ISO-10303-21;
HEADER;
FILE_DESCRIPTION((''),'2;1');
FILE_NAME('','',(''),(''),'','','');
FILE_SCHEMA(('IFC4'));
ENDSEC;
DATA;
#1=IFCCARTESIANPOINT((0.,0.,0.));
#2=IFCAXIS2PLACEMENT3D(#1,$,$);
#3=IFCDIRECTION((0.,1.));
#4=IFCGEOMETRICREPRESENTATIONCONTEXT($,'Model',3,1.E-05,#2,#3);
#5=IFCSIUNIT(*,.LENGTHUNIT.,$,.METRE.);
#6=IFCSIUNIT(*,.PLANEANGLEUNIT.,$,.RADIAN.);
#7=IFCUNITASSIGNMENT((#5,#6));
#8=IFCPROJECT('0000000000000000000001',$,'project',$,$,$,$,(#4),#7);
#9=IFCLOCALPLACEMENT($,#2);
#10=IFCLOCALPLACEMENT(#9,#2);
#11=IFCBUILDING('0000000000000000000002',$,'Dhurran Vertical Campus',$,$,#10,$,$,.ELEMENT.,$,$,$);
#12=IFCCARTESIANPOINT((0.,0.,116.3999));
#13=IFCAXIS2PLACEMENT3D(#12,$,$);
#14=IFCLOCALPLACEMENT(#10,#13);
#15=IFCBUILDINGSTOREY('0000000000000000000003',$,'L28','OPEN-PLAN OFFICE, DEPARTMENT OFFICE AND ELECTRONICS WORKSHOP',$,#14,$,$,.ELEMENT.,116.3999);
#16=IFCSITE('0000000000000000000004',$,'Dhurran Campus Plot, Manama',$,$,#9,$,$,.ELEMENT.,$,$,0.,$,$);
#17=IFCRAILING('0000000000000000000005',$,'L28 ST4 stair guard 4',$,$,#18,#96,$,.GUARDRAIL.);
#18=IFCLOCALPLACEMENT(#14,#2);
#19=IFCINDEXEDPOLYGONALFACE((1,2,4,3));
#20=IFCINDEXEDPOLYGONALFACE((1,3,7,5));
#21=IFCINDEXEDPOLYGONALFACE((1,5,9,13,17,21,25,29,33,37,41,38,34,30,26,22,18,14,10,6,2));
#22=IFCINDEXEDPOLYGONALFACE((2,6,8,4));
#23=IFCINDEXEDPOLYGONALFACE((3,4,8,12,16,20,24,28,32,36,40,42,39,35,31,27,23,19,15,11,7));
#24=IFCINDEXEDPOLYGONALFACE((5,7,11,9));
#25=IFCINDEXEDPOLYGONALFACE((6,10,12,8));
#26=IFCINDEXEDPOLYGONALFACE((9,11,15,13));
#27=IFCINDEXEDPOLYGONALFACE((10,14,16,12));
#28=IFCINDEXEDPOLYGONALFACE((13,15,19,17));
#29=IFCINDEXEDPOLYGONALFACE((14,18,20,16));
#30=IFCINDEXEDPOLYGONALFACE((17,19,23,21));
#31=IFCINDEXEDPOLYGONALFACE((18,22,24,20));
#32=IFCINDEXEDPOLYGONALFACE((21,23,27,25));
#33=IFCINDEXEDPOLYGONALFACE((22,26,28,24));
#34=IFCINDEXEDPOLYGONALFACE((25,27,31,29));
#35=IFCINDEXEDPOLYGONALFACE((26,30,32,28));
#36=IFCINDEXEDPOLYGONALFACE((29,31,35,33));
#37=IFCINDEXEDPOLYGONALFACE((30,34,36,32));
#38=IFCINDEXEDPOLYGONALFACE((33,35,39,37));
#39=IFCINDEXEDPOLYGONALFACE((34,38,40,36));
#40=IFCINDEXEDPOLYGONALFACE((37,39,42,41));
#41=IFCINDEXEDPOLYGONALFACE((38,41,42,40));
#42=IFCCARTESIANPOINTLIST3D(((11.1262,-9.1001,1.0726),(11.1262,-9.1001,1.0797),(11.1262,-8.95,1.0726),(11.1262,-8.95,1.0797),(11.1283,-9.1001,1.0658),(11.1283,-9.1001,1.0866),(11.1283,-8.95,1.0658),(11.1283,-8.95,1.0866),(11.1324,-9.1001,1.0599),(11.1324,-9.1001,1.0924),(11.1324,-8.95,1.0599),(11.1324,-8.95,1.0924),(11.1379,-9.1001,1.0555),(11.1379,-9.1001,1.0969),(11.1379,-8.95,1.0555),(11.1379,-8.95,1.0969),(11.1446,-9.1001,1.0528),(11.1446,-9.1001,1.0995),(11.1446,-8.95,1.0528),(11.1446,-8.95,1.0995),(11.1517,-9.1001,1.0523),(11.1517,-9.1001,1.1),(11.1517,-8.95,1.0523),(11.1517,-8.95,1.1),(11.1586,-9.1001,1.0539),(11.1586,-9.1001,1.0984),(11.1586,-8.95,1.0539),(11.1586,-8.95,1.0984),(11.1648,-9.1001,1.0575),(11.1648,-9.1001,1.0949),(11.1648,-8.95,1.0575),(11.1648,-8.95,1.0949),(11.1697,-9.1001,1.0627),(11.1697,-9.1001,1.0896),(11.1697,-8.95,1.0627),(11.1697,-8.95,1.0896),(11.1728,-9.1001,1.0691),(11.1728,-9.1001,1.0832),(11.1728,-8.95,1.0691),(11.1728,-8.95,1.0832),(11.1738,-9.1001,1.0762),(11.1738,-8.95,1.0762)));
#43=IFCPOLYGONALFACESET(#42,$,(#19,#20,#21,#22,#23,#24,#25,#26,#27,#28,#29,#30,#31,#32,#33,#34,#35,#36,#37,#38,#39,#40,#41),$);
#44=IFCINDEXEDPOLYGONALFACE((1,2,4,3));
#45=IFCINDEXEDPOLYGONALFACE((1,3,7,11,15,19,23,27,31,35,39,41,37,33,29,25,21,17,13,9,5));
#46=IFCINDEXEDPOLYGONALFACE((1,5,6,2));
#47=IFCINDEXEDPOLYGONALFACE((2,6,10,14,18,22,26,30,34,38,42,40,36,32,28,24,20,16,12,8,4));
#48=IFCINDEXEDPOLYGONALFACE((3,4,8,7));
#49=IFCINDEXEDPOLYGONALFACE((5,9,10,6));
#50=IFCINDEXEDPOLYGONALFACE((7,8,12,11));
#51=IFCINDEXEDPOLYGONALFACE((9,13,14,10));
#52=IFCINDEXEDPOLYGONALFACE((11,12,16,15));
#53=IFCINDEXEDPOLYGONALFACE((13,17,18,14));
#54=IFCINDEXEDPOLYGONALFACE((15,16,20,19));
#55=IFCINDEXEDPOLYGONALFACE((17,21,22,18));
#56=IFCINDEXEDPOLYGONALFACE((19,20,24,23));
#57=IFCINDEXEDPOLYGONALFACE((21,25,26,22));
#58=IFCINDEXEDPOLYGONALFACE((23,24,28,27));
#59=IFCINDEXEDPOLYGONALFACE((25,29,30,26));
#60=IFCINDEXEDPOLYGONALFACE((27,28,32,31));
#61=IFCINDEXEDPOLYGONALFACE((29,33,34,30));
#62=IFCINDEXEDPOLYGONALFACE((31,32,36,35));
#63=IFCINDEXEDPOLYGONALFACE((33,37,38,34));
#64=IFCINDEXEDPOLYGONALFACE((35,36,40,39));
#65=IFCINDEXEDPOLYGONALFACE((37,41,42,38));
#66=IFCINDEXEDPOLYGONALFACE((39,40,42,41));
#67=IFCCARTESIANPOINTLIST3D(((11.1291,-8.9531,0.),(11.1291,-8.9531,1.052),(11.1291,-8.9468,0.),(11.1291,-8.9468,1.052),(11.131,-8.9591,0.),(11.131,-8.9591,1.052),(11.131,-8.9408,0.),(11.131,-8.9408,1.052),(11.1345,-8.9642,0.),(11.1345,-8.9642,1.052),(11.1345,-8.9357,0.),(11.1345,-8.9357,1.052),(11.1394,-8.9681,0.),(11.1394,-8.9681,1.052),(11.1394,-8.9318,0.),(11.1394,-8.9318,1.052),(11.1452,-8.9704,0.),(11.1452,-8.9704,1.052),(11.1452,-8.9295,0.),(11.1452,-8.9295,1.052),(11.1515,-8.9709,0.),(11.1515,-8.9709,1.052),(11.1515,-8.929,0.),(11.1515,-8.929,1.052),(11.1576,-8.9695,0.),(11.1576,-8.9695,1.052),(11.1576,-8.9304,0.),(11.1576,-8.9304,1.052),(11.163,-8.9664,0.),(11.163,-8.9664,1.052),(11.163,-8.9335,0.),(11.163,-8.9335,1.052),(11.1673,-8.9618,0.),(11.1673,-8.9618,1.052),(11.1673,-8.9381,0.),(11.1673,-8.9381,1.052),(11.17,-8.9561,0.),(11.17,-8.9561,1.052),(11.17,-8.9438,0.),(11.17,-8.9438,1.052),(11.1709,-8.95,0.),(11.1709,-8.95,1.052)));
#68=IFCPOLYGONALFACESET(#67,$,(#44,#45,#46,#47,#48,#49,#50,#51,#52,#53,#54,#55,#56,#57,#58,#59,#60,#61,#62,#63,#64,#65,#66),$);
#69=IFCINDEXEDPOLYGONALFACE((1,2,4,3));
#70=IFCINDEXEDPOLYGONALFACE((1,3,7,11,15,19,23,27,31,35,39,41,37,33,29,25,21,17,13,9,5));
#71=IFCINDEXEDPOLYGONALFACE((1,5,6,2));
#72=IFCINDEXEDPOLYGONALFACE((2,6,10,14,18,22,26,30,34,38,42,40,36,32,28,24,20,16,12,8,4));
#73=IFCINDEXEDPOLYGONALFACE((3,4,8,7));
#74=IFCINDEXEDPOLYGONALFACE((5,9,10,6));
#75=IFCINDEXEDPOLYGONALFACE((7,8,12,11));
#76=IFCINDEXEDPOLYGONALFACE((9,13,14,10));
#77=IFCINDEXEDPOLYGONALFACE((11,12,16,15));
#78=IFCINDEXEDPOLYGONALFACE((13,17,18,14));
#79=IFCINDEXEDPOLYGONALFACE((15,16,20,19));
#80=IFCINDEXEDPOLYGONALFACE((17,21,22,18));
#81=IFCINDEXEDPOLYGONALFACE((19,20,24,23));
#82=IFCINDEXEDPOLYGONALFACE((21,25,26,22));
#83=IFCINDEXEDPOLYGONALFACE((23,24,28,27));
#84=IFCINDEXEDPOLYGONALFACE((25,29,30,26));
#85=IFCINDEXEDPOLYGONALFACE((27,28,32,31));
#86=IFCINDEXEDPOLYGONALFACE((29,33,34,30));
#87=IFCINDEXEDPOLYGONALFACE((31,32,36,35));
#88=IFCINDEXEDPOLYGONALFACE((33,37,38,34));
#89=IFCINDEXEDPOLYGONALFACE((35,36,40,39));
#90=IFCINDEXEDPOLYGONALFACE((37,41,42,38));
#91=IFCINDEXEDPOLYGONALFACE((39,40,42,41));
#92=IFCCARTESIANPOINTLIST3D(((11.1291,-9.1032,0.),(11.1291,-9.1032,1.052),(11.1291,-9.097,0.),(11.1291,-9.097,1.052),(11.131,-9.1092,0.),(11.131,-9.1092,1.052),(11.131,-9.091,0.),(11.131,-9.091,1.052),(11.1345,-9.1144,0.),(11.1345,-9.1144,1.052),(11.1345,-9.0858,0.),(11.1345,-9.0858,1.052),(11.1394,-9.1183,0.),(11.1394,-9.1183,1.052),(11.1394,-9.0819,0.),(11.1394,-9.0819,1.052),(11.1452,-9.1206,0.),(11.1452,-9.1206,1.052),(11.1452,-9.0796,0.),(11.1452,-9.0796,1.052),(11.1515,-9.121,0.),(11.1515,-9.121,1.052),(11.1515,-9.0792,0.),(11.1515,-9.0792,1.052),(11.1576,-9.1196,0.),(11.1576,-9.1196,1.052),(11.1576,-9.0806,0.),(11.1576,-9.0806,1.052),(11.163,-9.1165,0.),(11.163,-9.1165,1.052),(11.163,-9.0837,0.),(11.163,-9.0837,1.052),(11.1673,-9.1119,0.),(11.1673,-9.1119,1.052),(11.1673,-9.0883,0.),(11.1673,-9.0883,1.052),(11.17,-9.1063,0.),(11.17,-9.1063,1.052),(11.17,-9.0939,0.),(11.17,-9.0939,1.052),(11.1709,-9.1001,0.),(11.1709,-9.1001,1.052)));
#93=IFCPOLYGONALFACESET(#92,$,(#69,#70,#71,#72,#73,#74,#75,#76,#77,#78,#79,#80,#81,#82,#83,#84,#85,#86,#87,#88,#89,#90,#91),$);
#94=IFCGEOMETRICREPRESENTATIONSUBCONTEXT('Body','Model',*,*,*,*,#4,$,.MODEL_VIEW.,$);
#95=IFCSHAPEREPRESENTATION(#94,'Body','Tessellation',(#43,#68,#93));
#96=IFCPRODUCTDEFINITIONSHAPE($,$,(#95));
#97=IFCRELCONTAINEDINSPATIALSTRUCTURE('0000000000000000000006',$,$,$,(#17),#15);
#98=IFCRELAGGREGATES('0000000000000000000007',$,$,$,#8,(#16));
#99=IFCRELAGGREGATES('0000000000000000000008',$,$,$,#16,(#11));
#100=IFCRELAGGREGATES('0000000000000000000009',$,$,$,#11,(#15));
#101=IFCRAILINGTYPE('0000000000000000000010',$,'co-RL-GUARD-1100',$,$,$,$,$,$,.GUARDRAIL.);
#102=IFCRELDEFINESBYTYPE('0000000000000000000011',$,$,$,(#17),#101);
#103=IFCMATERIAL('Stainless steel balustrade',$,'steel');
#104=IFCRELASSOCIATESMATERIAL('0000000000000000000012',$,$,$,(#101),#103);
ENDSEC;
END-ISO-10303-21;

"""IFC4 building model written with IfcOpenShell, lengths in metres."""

from ifc_helpers import new_model, si_unit, direction, frame, origin, origin_2d, place, context, subcontext, project, spatial, circle, extrude, material, type_object, element, save


model = new_model("IFC4")

# Units and contexts
model_context = context("Model", 3, precision=1e-05, world=origin(), true_north=direction((0.0, 1.0)))
body_context = subcontext(model_context, "Body", "Model", "MODEL_VIEW")
ifc_project = project(units=[si_unit("LENGTHUNIT", "METRE"), si_unit("PLANEANGLEUNIT", "RADIAN")], contexts=[model_context])

# Site, building, storey
site_placement = place(None, origin())
site = spatial("IfcSite", under=ifc_project, at=site_placement, Name="Dhurran Campus Plot, Manama", CompositionType="ELEMENT", RefElevation=0.0)
building_placement = place(site_placement, origin())
building = spatial("IfcBuilding", under=site, at=building_placement, Name="Dhurran Vertical Campus", CompositionType="ELEMENT")
storey_placement = place(building_placement, frame((0.0, 0.0, 116.3999)))
storey = spatial("IfcBuildingStorey", under=building, at=storey_placement, Name="L28", Description="OPEN-PLAN OFFICE, DEPARTMENT OFFICE AND ELECTRONICS WORKSHOP", CompositionType="ELEMENT", Elevation=116.3999)

# Railing
ifc_material_1 = material(Name="Stainless steel balustrade", Category="steel")
railing_type_1 = type_object("IfcRailingType", Name="co-RL-GUARD-1100", PredefinedType="GUARDRAIL", material=ifc_material_1)
railing_1_placement = place(storey_placement, frame((11.1499, -8.95, 0.0)))
element("IfcRailing", 1, at=railing_1_placement, inside=storey, type_object=railing_type_1, Name="L28 ST4 stair guard 4", PredefinedType="GUARDRAIL", context=body_context, shape_type="SweptSolid", body=[
    extrude(circle(Radius=0.0239, at=origin_2d()), frame((0.0, 0.0, 1.0762), z_axis=(0.0, -1.0, 0.0), x_axis=(1.0, 0.0, 0.0)), (0.0, 0.0, 1.0), 0.1501),
    extrude(circle(Radius=0.021, at=origin_2d()), origin(), (0.0, 0.0, 1.0), 1.052),
    extrude(circle(Radius=0.021, at=origin_2d()), frame((0.0, -0.1501, 0.0)), (0.0, 0.0, 1.0), 1.052),
])

save(model, "model.ifc")
